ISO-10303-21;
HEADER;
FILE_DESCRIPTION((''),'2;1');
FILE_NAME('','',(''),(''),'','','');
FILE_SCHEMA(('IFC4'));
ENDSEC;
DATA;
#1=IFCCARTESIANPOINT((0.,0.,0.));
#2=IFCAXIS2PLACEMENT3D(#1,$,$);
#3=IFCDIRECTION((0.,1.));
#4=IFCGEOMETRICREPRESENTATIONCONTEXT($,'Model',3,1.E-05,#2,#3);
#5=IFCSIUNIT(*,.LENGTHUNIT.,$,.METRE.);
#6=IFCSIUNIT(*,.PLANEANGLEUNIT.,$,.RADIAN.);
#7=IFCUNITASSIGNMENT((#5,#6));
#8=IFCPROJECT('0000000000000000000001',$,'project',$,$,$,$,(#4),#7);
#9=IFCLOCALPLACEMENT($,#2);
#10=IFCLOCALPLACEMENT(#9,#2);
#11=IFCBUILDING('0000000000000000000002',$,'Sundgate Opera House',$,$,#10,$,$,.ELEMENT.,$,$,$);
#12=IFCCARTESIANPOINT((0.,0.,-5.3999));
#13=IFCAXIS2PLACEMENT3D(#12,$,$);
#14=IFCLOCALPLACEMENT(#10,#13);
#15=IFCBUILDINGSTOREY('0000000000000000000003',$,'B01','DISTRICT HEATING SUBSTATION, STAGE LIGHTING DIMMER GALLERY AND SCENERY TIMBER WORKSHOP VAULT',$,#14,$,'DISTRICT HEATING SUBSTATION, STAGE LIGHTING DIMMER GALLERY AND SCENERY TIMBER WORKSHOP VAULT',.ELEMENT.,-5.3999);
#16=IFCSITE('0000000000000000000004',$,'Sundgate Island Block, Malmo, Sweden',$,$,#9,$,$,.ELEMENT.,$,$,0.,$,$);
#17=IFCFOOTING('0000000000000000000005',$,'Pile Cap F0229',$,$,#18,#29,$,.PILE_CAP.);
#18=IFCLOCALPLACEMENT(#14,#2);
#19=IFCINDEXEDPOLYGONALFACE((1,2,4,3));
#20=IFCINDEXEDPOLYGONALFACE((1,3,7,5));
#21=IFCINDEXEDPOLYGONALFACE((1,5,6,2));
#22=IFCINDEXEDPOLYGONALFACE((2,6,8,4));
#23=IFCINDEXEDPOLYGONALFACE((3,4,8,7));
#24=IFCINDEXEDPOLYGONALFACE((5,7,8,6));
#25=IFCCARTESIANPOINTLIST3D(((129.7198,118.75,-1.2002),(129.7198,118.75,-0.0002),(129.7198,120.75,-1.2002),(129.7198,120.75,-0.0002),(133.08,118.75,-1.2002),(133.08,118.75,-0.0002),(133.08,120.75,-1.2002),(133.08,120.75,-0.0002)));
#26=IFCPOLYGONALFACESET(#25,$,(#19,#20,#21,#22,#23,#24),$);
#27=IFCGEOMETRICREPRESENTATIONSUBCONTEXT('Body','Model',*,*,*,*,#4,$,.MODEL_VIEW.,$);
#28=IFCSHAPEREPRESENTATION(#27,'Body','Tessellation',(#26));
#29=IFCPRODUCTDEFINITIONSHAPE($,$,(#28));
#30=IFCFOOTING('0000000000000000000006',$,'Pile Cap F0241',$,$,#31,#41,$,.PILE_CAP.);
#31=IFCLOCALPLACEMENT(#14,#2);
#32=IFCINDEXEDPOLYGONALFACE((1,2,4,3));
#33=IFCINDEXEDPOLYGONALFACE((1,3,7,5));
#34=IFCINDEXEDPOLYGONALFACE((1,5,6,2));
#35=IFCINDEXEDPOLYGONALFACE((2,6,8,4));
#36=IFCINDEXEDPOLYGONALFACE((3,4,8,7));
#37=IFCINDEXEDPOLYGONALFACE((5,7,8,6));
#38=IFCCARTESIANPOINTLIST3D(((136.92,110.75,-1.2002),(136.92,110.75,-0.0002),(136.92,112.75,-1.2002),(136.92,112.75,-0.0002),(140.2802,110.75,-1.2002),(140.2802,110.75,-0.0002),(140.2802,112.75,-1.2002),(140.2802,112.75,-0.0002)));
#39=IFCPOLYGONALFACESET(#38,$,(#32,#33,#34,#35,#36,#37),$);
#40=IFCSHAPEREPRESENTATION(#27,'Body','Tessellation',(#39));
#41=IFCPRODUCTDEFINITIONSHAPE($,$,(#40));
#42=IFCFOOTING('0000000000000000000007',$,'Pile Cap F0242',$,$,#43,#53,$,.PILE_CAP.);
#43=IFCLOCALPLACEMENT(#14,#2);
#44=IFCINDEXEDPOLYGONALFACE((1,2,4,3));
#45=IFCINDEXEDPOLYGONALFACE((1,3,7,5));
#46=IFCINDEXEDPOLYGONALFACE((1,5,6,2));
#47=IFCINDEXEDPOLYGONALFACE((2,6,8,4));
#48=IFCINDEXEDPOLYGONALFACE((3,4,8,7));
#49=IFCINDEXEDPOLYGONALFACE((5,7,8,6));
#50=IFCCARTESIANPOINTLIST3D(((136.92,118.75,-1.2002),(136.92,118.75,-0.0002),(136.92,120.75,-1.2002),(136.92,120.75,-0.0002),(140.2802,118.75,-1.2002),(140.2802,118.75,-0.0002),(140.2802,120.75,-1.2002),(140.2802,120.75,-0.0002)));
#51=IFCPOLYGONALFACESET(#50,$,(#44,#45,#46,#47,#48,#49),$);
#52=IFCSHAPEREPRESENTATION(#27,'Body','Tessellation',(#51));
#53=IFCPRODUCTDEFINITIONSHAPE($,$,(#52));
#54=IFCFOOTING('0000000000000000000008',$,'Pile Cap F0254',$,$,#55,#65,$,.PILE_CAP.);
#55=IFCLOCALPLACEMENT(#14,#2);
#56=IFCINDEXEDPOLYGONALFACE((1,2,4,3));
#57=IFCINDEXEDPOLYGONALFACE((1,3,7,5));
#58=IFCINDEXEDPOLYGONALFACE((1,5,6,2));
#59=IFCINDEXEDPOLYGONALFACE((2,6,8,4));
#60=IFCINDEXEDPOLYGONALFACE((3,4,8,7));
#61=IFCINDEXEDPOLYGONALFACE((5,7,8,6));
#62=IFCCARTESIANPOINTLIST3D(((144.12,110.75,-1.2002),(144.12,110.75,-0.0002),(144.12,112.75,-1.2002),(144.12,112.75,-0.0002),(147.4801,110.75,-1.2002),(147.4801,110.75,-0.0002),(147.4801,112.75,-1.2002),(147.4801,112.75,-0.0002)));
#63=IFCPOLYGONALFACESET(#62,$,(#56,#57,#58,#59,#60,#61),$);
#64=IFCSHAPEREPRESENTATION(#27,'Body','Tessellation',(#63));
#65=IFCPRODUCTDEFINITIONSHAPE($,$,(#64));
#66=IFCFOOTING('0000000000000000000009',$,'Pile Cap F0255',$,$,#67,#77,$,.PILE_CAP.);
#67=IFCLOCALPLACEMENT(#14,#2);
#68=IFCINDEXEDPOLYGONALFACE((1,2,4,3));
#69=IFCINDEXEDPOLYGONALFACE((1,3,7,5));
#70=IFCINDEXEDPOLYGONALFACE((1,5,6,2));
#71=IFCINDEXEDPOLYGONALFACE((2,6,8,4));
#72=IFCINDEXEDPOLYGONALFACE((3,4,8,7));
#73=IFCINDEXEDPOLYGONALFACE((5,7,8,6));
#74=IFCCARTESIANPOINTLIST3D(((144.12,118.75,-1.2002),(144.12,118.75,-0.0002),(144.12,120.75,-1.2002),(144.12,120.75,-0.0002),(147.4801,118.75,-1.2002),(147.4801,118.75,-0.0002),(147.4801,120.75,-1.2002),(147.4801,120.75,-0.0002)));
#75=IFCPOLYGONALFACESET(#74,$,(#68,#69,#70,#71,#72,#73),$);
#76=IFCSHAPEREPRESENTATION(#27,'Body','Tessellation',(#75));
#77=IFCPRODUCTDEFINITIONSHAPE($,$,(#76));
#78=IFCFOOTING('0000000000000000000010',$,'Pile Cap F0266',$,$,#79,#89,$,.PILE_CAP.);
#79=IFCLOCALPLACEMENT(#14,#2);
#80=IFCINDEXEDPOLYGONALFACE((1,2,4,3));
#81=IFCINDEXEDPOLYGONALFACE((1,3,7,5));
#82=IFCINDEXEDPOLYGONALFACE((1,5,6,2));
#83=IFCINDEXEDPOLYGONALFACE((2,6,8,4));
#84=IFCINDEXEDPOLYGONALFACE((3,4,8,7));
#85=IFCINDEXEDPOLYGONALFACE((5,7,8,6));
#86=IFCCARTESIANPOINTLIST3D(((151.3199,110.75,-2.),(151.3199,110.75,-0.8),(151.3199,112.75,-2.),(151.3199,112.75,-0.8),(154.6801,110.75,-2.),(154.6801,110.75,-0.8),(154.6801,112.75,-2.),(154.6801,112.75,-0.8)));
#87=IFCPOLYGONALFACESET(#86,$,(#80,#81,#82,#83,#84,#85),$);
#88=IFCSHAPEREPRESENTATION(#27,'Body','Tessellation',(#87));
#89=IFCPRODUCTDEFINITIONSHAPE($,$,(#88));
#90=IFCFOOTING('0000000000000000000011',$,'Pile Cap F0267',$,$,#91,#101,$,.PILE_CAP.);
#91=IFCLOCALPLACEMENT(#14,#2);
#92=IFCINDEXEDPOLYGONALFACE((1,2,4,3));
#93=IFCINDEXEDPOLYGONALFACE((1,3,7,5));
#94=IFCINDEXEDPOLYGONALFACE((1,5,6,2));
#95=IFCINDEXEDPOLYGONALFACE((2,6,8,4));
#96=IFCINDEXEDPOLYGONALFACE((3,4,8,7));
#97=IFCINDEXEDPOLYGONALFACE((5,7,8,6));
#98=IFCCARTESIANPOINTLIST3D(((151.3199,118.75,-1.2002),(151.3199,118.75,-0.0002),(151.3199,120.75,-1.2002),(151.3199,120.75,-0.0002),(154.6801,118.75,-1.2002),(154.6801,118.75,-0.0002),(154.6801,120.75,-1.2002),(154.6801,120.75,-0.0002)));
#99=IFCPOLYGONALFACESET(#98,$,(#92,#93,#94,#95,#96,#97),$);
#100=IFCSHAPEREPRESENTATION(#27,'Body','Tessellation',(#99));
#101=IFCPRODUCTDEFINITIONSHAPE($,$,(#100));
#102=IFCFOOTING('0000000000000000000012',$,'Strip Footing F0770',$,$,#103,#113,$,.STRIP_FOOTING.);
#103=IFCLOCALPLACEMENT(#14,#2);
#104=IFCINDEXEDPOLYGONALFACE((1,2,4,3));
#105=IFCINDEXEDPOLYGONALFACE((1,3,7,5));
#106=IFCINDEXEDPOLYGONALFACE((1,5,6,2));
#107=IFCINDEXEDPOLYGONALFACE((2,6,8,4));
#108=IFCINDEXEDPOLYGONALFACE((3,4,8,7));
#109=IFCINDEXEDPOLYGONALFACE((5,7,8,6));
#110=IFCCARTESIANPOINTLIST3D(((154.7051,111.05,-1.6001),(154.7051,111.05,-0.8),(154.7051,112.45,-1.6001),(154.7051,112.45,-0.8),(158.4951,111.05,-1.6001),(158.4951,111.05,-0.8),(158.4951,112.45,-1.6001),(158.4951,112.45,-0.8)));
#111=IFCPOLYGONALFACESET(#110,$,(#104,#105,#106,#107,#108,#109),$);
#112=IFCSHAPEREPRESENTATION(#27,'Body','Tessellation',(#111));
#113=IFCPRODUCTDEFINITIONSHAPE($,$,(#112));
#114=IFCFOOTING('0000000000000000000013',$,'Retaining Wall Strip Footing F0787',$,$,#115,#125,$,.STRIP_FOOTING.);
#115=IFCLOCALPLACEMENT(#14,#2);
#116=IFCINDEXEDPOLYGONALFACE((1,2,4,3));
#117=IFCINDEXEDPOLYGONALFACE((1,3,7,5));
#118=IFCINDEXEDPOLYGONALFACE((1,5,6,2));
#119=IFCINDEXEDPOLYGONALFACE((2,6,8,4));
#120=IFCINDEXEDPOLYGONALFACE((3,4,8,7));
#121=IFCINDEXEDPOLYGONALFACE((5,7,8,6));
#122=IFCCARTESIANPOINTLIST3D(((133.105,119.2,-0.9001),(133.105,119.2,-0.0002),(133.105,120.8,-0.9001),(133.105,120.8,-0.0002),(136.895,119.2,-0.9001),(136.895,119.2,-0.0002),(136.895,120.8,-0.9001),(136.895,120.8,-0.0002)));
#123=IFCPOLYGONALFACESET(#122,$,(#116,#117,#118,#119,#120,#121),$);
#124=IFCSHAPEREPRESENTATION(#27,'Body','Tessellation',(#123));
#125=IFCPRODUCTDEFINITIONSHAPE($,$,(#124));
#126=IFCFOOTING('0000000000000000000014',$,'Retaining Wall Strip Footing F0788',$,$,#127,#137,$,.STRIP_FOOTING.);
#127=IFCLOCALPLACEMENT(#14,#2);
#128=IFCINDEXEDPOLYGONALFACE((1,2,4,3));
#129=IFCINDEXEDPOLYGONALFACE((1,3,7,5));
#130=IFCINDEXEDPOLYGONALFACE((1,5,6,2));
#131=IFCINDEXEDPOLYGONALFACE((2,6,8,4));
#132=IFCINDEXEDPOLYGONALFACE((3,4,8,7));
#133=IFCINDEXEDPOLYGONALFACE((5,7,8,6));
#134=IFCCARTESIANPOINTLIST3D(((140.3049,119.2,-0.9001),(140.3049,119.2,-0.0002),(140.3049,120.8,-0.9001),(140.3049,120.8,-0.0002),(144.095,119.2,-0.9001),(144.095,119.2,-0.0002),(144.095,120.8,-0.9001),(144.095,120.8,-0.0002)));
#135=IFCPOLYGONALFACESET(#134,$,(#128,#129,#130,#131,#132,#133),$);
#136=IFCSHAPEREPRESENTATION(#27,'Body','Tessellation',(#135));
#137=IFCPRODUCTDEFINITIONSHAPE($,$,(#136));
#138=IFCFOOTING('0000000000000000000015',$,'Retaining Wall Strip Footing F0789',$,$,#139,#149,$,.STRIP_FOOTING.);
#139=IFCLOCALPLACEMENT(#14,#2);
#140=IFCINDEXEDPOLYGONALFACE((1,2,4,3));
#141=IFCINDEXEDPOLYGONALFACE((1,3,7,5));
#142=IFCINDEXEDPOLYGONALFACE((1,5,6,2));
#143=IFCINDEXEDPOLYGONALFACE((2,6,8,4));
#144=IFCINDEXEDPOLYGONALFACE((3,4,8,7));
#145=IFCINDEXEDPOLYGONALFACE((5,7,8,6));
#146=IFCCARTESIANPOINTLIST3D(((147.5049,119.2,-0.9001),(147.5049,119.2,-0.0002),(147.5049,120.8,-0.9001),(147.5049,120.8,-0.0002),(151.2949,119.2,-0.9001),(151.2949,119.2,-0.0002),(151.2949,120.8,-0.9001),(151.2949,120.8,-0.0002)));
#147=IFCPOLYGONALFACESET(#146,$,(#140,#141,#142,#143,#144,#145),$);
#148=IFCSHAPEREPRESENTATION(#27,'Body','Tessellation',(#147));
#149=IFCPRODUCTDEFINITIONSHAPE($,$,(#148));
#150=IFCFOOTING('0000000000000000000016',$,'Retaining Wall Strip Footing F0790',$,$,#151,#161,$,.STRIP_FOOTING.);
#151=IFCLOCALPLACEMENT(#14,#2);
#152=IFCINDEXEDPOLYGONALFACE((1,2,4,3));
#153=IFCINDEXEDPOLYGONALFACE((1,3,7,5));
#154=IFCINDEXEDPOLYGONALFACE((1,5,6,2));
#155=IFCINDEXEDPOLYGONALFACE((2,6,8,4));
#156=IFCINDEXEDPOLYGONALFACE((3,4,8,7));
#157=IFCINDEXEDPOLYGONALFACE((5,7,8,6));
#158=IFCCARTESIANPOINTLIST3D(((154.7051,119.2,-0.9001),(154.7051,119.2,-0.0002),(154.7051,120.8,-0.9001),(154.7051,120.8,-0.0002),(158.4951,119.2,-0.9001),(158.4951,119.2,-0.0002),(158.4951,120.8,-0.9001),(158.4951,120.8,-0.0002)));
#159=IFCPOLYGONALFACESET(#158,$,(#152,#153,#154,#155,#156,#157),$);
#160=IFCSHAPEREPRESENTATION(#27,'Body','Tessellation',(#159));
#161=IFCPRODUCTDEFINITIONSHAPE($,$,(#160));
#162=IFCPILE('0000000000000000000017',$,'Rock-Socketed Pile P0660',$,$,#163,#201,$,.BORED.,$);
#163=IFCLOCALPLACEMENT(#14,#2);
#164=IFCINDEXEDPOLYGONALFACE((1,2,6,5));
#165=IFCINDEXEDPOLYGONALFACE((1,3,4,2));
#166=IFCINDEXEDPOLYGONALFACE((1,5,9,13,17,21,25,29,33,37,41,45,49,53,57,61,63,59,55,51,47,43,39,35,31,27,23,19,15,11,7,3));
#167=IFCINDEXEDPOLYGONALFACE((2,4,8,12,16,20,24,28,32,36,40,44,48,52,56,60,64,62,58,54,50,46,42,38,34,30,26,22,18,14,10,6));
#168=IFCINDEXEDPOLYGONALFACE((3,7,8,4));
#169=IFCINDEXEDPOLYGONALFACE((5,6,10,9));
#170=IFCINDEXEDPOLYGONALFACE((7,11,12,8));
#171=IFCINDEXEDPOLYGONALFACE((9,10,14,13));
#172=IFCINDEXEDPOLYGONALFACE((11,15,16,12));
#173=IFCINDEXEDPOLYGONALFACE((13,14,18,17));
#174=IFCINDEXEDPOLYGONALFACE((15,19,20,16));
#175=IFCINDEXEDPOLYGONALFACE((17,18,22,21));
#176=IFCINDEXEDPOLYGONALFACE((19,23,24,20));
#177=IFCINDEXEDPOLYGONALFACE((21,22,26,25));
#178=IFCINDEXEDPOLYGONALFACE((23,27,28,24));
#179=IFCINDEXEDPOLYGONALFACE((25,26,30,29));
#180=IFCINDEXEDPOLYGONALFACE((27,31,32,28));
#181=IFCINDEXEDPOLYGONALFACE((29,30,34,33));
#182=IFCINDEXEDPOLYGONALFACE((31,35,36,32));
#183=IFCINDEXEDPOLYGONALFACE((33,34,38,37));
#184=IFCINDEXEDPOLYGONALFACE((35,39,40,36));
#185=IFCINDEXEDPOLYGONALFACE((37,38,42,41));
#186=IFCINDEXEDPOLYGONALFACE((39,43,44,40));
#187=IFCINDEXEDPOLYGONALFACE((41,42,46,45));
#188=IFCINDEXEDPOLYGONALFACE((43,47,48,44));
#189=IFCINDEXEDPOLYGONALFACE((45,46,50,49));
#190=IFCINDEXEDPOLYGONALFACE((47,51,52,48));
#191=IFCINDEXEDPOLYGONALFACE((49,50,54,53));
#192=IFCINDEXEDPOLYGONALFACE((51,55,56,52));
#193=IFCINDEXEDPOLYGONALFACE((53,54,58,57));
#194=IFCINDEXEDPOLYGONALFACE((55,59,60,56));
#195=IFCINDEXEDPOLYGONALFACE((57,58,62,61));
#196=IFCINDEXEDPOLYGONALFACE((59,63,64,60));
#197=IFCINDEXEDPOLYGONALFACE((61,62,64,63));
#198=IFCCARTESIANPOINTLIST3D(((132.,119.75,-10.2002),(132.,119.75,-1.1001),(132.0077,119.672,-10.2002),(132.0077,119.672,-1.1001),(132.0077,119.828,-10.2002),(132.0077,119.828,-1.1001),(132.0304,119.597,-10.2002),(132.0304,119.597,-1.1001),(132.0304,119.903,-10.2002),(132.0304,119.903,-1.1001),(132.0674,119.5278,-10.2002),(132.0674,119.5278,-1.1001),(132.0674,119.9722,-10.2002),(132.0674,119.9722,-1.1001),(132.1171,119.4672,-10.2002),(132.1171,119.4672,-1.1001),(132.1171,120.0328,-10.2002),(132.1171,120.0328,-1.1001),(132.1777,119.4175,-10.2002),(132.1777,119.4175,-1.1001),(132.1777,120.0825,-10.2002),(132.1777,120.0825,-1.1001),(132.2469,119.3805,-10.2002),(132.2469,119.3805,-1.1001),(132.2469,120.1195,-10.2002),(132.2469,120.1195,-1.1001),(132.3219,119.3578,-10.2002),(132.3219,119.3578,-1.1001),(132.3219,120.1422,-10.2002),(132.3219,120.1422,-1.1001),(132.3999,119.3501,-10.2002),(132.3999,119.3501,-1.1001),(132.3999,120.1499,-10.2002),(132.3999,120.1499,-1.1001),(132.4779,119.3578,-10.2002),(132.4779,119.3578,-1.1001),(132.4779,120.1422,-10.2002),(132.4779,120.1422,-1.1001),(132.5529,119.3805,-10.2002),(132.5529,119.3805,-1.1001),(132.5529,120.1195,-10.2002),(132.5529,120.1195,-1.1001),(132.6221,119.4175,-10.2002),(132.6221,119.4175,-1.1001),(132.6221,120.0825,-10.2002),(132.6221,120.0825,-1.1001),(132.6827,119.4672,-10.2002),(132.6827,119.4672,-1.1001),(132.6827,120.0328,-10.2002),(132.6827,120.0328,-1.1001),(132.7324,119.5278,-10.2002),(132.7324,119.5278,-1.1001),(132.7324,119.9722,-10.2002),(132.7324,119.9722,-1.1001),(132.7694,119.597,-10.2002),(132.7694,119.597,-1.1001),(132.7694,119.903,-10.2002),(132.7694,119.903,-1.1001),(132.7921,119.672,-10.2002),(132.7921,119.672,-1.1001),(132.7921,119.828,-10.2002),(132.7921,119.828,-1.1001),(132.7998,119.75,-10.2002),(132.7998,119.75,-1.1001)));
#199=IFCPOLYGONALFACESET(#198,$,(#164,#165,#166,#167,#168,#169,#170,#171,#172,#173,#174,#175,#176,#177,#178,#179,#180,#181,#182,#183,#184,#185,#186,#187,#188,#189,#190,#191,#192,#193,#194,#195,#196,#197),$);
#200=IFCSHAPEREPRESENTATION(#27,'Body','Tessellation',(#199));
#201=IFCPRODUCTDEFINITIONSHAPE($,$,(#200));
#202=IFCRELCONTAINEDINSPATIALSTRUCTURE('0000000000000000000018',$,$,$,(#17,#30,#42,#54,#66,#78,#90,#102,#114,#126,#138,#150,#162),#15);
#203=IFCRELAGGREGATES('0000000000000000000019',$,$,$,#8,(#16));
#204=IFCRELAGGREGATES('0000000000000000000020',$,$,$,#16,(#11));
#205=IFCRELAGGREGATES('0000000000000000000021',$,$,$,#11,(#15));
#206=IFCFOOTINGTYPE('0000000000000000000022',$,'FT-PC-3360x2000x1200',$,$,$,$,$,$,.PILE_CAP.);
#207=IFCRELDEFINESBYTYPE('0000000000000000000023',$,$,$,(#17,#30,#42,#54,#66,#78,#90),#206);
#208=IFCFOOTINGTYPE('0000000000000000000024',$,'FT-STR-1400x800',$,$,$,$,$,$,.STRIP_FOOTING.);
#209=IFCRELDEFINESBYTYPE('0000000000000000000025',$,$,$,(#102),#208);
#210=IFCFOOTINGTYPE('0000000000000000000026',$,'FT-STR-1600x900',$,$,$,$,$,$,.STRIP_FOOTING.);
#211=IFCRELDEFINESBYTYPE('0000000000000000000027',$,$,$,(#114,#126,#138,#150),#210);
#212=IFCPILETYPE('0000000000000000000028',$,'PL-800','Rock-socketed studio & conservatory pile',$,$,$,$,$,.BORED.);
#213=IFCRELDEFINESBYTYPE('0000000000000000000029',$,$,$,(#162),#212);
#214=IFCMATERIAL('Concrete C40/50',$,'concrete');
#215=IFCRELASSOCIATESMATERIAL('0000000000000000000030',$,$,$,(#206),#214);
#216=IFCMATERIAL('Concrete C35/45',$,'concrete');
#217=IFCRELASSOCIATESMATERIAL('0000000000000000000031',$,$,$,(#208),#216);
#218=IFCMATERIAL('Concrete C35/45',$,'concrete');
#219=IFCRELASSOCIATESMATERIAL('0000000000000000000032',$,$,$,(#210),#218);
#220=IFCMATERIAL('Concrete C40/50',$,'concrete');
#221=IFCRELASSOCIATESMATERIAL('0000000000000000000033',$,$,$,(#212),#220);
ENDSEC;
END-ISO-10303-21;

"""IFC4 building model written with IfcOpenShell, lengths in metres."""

from ifc_helpers import new_model, si_unit, direction, frame, origin, origin_2d, place, context, subcontext, project, spatial, rectangle, circle, extrude, material, material_profile, profile_set, type_object, element, save


model = new_model("IFC4")

# Units and contexts
model_context = context("Model", 3, precision=1e-05, world=origin(), true_north=direction((0.0, 1.0)))
body_context = subcontext(model_context, "Body", "Model", "MODEL_VIEW")
ifc_project = project(units=[si_unit("LENGTHUNIT", "METRE"), si_unit("PLANEANGLEUNIT", "RADIAN")], contexts=[model_context])

# Site, building, storey
site_placement = place(None, origin())
site = spatial("IfcSite", under=ifc_project, at=site_placement, Name="Sundgate Island Block, Malmo, Sweden", CompositionType="ELEMENT", RefElevation=0.0)
building_placement = place(site_placement, origin())
building = spatial("IfcBuilding", under=site, at=building_placement, Name="Sundgate Opera House", CompositionType="ELEMENT")
storey_placement = place(building_placement, frame((0.0, 0.0, -5.3999)))
storey = spatial("IfcBuildingStorey", under=building, at=storey_placement, Name="B01", Description="DISTRICT HEATING SUBSTATION, STAGE LIGHTING DIMMER GALLERY AND SCENERY TIMBER WORKSHOP VAULT", LongName="DISTRICT HEATING SUBSTATION, STAGE LIGHTING DIMMER GALLERY AND SCENERY TIMBER WORKSHOP VAULT", CompositionType="ELEMENT", Elevation=-5.3999)

# Footings
ifc_material_1 = material(Name="Concrete C40/50", Category="concrete")
footing_type_1 = type_object("IfcFootingType", Name="FT-PC-3360x2000x1200", PredefinedType="PILE_CAP", material=ifc_material_1)
for number, where, z_axis, x_axis, name in (
    (1, (131.3999, 119.75, -1.2002), (0.0, 0.0, 1.0), (1.0, 0.0, 0.0), "Pile Cap F0229"),
    (2, (138.6001, 111.75, -1.2002), (0.0, 0.0, 1.0), (1.0, 0.0, 0.0), "Pile Cap F0241"),
    (3, (138.6001, 119.75, -1.2002), (0.0, 0.0, 1.0), (1.0, 0.0, 0.0), "Pile Cap F0242"),
    (4, (145.8, 111.75, -1.2002), (0.0, 0.0, 1.0), (1.0, 0.0, 0.0), "Pile Cap F0254"),
    (5, (145.8, 119.75, -1.2002), (0.0, 0.0, 1.0), (1.0, 0.0, 0.0), "Pile Cap F0255"),
    (6, (153.0, 111.75, -2.0), (0.0, 0.0, 1.0), (1.0, 0.0, 0.0), "Pile Cap F0266"),
    (7, (153.0, 119.75, -1.2002), (0.0, 0.0, 1.0), (1.0, 0.0, 0.0), "Pile Cap F0267"),
):
    element("IfcFooting", number, at=place(storey_placement, frame(where, z_axis=z_axis, x_axis=x_axis)), inside=storey, type_object=footing_type_1, Name=name, PredefinedType="PILE_CAP", context=body_context, shape_type="SweptSolid", body=[
        extrude(rectangle(XDim=3.3601, YDim=2.0, at=origin_2d()), origin(), (0.0, 0.0, 1.0), 1.2),
    ])
ifc_material_2 = material(Name="Concrete C35/45", Category="concrete")
footing_type_2 = type_object("IfcFootingType", Name="FT-STR-1400x800", PredefinedType="STRIP_FOOTING", material=ifc_material_2)
footing_placement = place(storey_placement, frame((156.6001, 111.75, -1.6001), z_axis=(0.0, 0.0, 1.0), x_axis=(1.0, 0.0, 0.0)))
element("IfcFooting", 8, at=footing_placement, inside=storey, type_object=footing_type_2, Name="Strip Footing F0770", PredefinedType="STRIP_FOOTING", context=body_context, shape_type="SweptSolid", body=[
    extrude(rectangle(XDim=3.79, YDim=1.3999, at=origin_2d()), origin(), (0.0, 0.0, 1.0), 0.8),
])
ifc_material_3 = material(Name="Concrete C35/45", Category="concrete")
footing_type_3 = type_object("IfcFootingType", Name="FT-STR-1600x900", PredefinedType="STRIP_FOOTING", material=ifc_material_3)
for number, where, z_axis, x_axis, name in (
    (9, (135.0, 120.0, -0.9001), (0.0, 0.0, 1.0), (1.0, 0.0, 0.0), "Retaining Wall Strip Footing F0787"),
    (10, (142.2, 120.0, -0.9001), (0.0, 0.0, 1.0), (1.0, 0.0, 0.0), "Retaining Wall Strip Footing F0788"),
    (11, (149.3999, 120.0, -0.9001), (0.0, 0.0, 1.0), (1.0, 0.0, 0.0), "Retaining Wall Strip Footing F0789"),
    (12, (156.6001, 120.0, -0.9001), (0.0, 0.0, 1.0), (1.0, 0.0, 0.0), "Retaining Wall Strip Footing F0790"),
):
    element("IfcFooting", number, at=place(storey_placement, frame(where, z_axis=z_axis, x_axis=x_axis)), inside=storey, type_object=footing_type_3, Name=name, PredefinedType="STRIP_FOOTING", context=body_context, shape_type="SweptSolid", body=[
        extrude(rectangle(XDim=3.79, YDim=1.6001, at=origin_2d()), origin(), (0.0, 0.0, 1.0), 0.8999),
    ])

# Pile
ifc_material_4 = material(Name="Concrete C40/50", Category="concrete")
ifc_material_profile_1 = material_profile(ifc_material_4, circle(Radius=0.3999, at=origin_2d()), Name="PILE D800")
ifc_profile_set_1 = profile_set([ifc_material_profile_1], Name="Concrete C40/50")
pile_type = type_object("IfcPileType", Name="PL-800", Description="Rock-socketed studio & conservatory pile", PredefinedType="BORED", material=ifc_profile_set_1)
for number, where, z_axis, x_axis, name in (
    (13, (132.3999, 119.75, -1.1001), (0.0, 0.0, -1.0), (1.0, 0.0, 0.0), "Rock-Socketed Pile P0660"),
):
    element("IfcPile", number, at=place(storey_placement, frame(where, z_axis=z_axis, x_axis=x_axis)), inside=storey, type_object=pile_type, Name=name, PredefinedType="BORED", context=body_context, shape_type="SweptSolid", body=[
        extrude(circle(Radius=0.3999, at=origin_2d()), origin(), (0.0, 0.0, 1.0), 9.1001),
    ])

save(model, "model.ifc")
